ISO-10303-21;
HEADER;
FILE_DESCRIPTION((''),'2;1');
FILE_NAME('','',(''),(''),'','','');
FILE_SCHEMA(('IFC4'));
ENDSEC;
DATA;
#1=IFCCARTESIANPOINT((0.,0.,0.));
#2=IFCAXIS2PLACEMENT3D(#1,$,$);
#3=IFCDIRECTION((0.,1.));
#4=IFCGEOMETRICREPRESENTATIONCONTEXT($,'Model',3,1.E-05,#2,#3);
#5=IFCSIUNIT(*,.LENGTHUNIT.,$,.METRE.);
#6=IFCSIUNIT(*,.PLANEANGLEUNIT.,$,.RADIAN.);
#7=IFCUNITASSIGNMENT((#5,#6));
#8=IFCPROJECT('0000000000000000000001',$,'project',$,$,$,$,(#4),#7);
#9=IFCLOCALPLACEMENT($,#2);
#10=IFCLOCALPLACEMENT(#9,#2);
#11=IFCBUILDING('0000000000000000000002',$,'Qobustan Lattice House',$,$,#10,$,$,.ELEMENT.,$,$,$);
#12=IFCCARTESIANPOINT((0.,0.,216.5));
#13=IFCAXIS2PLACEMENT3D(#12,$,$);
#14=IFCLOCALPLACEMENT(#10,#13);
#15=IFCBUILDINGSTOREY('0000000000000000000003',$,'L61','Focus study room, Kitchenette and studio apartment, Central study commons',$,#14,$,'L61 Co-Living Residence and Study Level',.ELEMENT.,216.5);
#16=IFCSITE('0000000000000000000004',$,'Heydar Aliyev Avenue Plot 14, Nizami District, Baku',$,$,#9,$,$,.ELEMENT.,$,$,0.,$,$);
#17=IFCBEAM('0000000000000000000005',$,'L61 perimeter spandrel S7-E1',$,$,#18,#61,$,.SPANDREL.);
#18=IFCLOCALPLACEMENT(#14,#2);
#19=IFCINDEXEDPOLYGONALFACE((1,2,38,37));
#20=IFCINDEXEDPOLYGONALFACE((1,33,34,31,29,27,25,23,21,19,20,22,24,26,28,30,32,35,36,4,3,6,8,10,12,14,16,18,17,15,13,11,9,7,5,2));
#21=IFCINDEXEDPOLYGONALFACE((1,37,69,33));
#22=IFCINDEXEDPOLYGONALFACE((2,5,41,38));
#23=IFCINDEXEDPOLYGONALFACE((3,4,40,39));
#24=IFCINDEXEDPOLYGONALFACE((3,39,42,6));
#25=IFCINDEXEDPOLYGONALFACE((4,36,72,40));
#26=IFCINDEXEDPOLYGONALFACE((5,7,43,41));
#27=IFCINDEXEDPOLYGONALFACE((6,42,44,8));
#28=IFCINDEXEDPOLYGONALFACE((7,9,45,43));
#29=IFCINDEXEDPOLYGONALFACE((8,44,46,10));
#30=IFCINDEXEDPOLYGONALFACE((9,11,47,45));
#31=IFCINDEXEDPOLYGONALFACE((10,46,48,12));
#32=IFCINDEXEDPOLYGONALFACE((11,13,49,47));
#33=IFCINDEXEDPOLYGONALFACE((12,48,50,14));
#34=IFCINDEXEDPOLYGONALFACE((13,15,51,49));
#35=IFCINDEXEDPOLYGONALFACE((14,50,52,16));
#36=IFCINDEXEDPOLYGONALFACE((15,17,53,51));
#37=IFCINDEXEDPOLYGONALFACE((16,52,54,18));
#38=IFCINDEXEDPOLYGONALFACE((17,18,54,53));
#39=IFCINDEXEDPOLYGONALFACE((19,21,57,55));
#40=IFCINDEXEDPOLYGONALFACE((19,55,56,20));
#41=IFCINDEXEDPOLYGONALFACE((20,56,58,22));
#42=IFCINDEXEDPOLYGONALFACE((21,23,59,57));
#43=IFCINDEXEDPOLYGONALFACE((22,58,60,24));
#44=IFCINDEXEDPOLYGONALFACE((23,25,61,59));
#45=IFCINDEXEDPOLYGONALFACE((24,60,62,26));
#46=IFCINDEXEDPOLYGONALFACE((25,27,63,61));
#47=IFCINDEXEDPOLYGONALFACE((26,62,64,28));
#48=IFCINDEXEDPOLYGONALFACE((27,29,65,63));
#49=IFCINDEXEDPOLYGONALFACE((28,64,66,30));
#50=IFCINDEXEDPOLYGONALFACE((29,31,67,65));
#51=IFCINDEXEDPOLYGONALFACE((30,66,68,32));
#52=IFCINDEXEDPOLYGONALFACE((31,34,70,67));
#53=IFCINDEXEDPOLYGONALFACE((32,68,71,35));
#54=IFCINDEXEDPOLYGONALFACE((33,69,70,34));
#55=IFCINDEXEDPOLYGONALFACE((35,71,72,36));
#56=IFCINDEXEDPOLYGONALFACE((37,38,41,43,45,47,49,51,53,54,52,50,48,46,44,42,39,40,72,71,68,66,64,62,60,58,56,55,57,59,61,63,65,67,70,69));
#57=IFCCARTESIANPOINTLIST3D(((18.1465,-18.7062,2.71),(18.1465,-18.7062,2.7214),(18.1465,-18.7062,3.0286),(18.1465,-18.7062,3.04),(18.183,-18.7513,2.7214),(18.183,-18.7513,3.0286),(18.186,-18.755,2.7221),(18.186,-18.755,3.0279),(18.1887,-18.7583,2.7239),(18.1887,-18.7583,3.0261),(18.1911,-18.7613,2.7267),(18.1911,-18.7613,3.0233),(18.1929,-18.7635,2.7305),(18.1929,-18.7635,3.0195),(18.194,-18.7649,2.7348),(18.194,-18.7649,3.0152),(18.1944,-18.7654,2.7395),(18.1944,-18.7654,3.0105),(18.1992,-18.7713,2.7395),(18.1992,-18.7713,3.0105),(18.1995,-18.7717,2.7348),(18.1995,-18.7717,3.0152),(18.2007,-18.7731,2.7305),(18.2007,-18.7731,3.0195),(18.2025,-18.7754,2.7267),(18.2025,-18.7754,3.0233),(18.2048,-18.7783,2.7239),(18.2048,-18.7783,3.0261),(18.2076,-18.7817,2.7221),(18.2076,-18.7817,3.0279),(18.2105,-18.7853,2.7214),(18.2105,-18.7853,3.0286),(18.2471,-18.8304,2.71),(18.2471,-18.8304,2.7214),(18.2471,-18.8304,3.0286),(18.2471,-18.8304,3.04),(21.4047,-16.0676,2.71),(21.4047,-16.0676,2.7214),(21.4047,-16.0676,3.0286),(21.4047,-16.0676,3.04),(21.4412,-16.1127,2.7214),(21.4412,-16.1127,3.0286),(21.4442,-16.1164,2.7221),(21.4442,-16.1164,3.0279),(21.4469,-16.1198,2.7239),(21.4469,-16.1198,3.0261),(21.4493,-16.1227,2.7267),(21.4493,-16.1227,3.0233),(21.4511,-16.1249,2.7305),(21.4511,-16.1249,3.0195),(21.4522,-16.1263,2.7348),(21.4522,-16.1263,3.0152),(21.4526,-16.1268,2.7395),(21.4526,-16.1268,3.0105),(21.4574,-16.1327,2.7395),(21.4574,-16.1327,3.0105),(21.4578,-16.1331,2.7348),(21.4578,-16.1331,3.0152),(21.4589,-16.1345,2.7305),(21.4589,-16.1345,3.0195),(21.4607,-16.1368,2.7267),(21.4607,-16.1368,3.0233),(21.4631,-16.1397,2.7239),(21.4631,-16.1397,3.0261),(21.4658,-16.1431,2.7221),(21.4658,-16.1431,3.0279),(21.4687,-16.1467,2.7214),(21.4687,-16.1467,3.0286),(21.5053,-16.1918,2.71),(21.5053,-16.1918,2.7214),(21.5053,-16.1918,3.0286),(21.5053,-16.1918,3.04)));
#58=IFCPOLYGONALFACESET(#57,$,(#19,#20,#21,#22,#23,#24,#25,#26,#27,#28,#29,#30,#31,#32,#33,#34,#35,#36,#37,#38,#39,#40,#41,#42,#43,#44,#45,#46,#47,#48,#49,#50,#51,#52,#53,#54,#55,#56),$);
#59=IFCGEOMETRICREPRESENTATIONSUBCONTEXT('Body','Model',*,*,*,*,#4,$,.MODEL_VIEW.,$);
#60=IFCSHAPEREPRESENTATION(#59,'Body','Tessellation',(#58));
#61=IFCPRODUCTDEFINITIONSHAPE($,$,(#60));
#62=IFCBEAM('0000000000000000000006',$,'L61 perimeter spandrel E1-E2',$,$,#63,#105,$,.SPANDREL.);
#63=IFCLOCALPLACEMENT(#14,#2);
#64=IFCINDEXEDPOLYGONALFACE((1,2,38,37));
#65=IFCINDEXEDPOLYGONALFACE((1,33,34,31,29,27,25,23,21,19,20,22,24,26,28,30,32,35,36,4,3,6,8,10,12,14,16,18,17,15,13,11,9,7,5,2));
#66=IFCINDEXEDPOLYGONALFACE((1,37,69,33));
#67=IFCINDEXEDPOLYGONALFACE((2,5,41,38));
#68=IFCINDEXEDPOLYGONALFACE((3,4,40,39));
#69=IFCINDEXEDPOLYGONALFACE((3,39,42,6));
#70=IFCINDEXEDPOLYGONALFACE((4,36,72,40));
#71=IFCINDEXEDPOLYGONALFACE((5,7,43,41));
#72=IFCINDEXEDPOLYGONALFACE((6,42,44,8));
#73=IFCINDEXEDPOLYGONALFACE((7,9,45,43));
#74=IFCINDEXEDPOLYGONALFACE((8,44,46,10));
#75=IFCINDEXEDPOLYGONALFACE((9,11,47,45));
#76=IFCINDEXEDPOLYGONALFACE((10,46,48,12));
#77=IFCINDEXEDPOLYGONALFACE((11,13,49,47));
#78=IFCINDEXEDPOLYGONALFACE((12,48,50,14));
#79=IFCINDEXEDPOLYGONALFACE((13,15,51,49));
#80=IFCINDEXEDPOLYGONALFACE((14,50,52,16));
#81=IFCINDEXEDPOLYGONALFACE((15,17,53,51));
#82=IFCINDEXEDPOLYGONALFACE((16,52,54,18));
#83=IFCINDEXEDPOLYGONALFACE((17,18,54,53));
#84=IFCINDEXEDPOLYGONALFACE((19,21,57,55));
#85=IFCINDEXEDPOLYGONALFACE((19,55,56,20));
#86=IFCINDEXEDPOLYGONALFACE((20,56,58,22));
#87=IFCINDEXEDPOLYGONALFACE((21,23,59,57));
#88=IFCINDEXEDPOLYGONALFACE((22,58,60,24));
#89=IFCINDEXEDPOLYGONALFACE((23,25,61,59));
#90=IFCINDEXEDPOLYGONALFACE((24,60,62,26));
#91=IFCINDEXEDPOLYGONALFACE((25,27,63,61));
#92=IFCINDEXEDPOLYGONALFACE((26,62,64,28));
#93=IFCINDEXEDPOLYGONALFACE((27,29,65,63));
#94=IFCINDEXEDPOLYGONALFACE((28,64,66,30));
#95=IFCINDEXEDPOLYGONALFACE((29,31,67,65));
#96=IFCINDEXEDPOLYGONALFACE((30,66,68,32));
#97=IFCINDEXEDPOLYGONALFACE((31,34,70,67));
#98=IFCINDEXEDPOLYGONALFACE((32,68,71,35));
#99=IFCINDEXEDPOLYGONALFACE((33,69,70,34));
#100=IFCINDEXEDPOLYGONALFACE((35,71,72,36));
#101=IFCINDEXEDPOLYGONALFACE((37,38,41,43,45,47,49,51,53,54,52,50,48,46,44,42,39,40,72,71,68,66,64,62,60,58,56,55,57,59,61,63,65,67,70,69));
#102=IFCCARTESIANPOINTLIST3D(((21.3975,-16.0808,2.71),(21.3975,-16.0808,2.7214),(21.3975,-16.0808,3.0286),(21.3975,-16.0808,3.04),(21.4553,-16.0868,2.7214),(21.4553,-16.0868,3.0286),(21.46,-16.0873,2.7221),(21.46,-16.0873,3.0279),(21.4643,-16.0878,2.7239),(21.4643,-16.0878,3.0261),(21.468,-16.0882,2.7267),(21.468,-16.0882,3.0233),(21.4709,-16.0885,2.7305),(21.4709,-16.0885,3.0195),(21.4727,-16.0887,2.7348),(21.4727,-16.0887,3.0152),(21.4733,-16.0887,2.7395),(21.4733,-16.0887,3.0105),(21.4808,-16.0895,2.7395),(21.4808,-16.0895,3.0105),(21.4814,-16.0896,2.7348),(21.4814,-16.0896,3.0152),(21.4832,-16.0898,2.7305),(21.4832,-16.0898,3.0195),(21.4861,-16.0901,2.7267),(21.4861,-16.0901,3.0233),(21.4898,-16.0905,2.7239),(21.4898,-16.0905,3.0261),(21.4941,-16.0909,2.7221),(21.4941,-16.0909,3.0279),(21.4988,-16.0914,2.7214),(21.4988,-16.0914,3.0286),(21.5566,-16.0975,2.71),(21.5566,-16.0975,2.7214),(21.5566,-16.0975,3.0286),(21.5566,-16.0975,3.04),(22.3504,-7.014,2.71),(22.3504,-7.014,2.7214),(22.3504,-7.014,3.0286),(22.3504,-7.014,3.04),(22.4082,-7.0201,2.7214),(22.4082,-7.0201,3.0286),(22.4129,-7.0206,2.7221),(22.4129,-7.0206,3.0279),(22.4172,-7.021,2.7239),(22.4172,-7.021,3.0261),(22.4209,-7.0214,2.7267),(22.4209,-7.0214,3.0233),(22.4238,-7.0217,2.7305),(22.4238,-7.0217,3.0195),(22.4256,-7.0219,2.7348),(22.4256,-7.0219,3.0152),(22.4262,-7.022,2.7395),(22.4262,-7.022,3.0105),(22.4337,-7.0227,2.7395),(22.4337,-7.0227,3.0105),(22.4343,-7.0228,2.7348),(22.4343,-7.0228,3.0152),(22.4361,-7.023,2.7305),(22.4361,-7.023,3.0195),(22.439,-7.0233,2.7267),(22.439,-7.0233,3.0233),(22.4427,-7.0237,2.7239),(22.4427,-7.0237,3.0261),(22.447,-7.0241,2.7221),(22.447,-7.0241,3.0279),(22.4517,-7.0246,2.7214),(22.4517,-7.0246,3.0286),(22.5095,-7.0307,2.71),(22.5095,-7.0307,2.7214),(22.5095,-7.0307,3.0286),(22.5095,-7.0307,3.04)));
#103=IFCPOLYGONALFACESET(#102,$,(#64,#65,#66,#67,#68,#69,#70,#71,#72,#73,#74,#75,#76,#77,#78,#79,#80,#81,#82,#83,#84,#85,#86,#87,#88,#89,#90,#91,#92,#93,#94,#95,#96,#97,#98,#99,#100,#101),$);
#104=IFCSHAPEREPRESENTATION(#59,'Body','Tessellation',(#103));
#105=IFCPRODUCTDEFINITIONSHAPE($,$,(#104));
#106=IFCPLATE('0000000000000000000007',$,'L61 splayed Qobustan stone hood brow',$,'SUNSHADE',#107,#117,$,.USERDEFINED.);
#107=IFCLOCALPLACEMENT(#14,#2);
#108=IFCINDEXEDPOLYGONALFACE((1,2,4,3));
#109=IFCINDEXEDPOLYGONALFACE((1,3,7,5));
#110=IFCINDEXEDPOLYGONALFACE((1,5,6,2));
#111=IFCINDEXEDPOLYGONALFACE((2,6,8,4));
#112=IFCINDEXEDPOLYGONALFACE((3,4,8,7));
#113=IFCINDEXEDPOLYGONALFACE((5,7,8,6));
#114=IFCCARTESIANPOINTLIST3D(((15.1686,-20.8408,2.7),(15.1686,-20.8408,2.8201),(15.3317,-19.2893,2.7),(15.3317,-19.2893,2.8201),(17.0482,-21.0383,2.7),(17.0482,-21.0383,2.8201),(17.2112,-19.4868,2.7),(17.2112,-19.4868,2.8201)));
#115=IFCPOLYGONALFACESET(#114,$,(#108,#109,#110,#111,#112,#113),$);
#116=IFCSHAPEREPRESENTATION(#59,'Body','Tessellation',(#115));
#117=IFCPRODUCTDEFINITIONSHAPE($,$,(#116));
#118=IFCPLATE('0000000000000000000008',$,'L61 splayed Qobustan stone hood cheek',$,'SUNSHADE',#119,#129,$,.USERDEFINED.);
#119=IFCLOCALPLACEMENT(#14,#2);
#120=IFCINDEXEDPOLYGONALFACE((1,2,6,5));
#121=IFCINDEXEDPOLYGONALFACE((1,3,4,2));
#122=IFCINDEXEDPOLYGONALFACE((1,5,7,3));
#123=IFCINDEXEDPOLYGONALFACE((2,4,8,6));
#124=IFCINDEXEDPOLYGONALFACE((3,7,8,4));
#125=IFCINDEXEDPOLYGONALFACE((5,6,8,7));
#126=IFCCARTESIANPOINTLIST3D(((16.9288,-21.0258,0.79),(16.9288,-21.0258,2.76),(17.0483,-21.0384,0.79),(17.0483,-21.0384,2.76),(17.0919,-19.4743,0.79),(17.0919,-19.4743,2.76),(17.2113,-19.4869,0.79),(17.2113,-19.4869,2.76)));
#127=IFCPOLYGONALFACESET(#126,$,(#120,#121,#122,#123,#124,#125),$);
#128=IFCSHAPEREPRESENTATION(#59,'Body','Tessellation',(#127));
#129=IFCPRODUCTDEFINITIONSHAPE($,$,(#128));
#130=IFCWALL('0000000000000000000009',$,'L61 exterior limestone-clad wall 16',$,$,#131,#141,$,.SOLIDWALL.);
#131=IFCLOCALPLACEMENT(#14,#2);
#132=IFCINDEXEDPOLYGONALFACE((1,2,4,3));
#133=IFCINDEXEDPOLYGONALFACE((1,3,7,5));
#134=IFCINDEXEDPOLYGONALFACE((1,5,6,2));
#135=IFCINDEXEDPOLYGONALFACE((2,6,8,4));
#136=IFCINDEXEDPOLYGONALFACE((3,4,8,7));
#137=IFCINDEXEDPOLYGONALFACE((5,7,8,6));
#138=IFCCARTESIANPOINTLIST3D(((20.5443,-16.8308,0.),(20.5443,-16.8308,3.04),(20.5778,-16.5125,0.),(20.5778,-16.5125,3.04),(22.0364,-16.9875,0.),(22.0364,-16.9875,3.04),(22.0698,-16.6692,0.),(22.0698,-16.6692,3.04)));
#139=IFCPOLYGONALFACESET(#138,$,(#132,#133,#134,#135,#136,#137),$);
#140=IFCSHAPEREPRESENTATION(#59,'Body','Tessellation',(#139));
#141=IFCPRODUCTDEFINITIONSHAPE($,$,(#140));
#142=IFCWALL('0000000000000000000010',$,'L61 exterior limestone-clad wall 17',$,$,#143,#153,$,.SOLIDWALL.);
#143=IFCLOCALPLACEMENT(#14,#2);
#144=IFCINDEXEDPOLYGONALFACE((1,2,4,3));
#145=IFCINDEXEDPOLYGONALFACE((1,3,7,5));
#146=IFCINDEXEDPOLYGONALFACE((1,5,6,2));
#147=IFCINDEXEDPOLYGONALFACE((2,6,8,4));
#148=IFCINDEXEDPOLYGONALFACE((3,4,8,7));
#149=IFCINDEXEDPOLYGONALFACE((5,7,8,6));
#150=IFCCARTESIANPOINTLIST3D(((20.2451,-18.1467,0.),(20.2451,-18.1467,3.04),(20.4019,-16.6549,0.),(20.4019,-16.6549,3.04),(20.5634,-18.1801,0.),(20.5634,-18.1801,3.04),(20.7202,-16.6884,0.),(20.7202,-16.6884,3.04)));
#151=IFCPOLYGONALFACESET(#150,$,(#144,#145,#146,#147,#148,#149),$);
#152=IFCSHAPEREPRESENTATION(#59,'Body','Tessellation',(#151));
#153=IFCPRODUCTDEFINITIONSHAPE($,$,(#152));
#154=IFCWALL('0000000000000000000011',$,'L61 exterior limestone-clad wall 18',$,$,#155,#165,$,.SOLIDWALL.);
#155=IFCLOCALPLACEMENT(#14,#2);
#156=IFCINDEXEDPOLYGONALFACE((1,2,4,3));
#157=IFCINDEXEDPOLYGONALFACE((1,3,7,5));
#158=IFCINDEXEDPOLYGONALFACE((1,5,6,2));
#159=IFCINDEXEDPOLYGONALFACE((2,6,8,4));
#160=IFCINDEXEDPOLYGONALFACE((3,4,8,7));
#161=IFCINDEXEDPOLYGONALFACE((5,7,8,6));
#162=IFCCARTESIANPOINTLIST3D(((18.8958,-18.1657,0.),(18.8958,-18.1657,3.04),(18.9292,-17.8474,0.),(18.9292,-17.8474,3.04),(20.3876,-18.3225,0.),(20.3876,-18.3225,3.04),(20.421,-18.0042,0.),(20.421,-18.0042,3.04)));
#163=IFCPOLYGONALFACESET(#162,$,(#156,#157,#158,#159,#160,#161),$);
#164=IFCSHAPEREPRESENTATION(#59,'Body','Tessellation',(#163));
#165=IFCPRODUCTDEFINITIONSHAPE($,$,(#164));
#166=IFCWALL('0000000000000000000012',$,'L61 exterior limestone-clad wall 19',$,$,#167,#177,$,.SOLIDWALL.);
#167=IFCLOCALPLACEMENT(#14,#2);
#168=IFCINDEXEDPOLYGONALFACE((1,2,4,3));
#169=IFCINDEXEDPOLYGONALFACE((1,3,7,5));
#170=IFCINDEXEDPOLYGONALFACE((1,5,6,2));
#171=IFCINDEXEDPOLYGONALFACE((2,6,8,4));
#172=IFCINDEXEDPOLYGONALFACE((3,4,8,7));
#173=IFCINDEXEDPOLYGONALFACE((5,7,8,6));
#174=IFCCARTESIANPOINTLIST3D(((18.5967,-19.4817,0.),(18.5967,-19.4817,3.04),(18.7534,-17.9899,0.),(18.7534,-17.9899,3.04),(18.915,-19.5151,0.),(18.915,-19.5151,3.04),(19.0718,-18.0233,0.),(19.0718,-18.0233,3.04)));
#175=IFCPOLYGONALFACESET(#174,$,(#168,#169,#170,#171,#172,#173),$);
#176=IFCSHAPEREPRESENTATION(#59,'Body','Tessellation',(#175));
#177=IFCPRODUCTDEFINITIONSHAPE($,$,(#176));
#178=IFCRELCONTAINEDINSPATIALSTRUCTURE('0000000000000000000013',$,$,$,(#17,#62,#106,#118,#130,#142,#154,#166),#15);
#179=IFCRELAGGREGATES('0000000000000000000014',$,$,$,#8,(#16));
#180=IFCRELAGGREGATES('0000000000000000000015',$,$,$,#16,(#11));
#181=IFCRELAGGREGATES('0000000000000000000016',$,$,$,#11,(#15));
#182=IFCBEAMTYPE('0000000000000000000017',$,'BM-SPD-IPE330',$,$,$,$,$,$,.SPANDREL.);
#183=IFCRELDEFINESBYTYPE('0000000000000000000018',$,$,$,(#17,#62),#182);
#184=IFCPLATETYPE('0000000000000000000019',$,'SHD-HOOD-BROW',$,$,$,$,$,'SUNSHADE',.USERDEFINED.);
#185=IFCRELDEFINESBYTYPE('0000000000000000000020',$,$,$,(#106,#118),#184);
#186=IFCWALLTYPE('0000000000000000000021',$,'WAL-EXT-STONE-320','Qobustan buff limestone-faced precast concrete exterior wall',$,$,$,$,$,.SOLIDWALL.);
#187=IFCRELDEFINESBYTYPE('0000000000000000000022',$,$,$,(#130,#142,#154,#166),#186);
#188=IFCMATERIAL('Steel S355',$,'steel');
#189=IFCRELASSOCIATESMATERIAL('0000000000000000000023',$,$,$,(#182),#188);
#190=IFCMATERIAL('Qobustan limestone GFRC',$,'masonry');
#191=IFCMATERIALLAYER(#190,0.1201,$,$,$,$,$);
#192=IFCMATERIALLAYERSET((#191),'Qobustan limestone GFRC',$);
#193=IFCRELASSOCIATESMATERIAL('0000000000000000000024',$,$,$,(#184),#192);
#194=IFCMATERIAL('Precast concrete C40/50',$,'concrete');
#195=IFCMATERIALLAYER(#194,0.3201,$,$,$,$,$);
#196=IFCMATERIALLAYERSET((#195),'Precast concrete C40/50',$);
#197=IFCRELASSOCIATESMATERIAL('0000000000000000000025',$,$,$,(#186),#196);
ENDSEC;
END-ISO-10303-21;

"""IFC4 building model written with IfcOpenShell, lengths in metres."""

from ifc_helpers import new_model, si_unit, direction, frame, frame_2d, origin, origin_2d, place, context, subcontext, project, spatial, rectangle, i_section, extrude, material, layer, layer_set, material_profile, profile_set, type_object, element, save


model = new_model("IFC4")

# Units and contexts
model_context = context("Model", 3, precision=1e-05, world=origin(), true_north=direction((0.0, 1.0)))
body_context = subcontext(model_context, "Body", "Model", "MODEL_VIEW")
ifc_project = project(units=[si_unit("LENGTHUNIT", "METRE"), si_unit("PLANEANGLEUNIT", "RADIAN")], contexts=[model_context])

# Site, building, storey
site_placement = place(None, origin())
site = spatial("IfcSite", under=ifc_project, at=site_placement, Name="Heydar Aliyev Avenue Plot 14, Nizami District, Baku", CompositionType="ELEMENT", RefElevation=0.0)
building_placement = place(site_placement, origin())
building = spatial("IfcBuilding", under=site, at=building_placement, Name="Qobustan Lattice House", CompositionType="ELEMENT")
storey_placement = place(building_placement, frame((0.0, 0.0, 216.5)))
storey = spatial("IfcBuildingStorey", under=building, at=storey_placement, Name="L61", Description="Focus study room, Kitchenette and studio apartment, Central study commons", LongName="L61 Co-Living Residence and Study Level", CompositionType="ELEMENT", Elevation=216.5)

# Beams
ifc_material_1 = material(Name="Steel S355", Category="steel")
ifc_material_profile_1 = material_profile(ifc_material_1, i_section(OverallWidth=0.1599, OverallDepth=0.3301, WebThickness=0.0076, FlangeThickness=0.0115, FilletRadius=0.0181, at=origin_2d()), Name="IPE330")
ifc_profile_set_1 = profile_set([ifc_material_profile_1], Name="Steel S355")
beam_type_1 = type_object("IfcBeamType", Name="BM-SPD-IPE330", PredefinedType="SPANDREL", material=ifc_profile_set_1)
beam_1_placement = place(storey_placement, frame((18.1968, -18.7683, 2.875), z_axis=(0.777128, 0.629342, 0.0), x_axis=(-0.629342, 0.777128, 0.0)))
element("IfcBeam", 1, at=beam_1_placement, inside=storey, type_object=beam_type_1, Name="L61 perimeter spandrel S7-E1", PredefinedType="SPANDREL", context=body_context, shape_type="SweptSolid", body=[
    extrude(i_section(OverallWidth=0.1599, OverallDepth=0.3301, WebThickness=0.0076, FlangeThickness=0.0115, FilletRadius=0.0181, at=origin_2d()), origin(), (0.0, 0.0, 1.0), 4.1926),
])
beam_2_placement = place(storey_placement, frame((21.4771, -16.0891, 2.875), z_axis=(0.104522, 0.994523, 0.0), x_axis=(-0.994523, 0.104522, 0.0)))
element("IfcBeam", 2, at=beam_2_placement, inside=storey, type_object=beam_type_1, Name="L61 perimeter spandrel E1-E2", PredefinedType="SPANDREL", context=body_context, shape_type="SweptSolid", body=[
    extrude(i_section(OverallWidth=0.1599, OverallDepth=0.3301, WebThickness=0.0076, FlangeThickness=0.0115, FilletRadius=0.0181, at=origin_2d()), origin(), (0.0, 0.0, 1.0), 9.1167),
])

# Plates
ifc_material_2 = material(Name="Qobustan limestone GFRC", Category="masonry")
ifc_layer_1 = layer(ifc_material_2, 0.1201)
ifc_layer_set_1 = layer_set([ifc_layer_1], Name="Qobustan limestone GFRC")
plate_type = type_object("IfcPlateType", Name="SHD-HOOD-BROW", ElementType="SUNSHADE", PredefinedType="USERDEFINED", material=ifc_layer_set_1)
plate_1_placement = place(storey_placement, frame((16.1899, -20.1638, 2.7), z_axis=(0.0, 0.0, 1.0), x_axis=(-0.994522, 0.104528, 0.0)))
element("IfcPlate", 3, at=plate_1_placement, inside=storey, type_object=plate_type, Name="L61 splayed Qobustan stone hood brow", ObjectType="SUNSHADE", PredefinedType="USERDEFINED", context=body_context, shape_type="SweptSolid", body=[
    extrude(rectangle(XDim=1.8899, YDim=1.5601, at=origin_2d()), origin(), (0.0, 0.0, 1.0), 0.1201),
])
plate_2_placement = place(storey_placement, frame((17.0701, -20.2563, 0.79), z_axis=(0.0, 0.0, 1.0), x_axis=(-0.994522, 0.104528, 0.0)))
element("IfcPlate", 4, at=plate_2_placement, inside=storey, type_object=plate_type, Name="L61 splayed Qobustan stone hood cheek", ObjectType="SUNSHADE", PredefinedType="USERDEFINED", context=body_context, shape_type="SweptSolid", body=[
    extrude(rectangle(XDim=0.1201, YDim=1.5601, at=origin_2d()), origin(), (0.0, 0.0, 1.0), 1.97),
])

# Walls
ifc_material_3 = material(Name="Precast concrete C40/50", Category="concrete")
ifc_layer_2 = layer(ifc_material_3, 0.3201)
ifc_layer_set_2 = layer_set([ifc_layer_2], Name="Precast concrete C40/50")
wall_type_1 = type_object("IfcWallType", Name="WAL-EXT-STONE-320", Description="Qobustan buff limestone-faced precast concrete exterior wall", PredefinedType="SOLIDWALL", material=ifc_layer_set_2)
wall_1_placement = place(storey_placement, frame((22.053, -16.8284, 0.0), z_axis=(0.0, 0.0, 1.0), x_axis=(-0.994527, 0.104481, 0.0)))
element("IfcWall", 5, at=wall_1_placement, inside=storey, type_object=wall_type_1, Name="L61 exterior limestone-clad wall 16", PredefinedType="SOLIDWALL", context=body_context, shape_type="SweptSolid", body=[
    extrude(rectangle(XDim=1.5002, YDim=0.3201, at=frame_2d((0.75, 0.0))), origin(), (0.0, 0.0, 1.0), 3.04),
])
for number, where, z_axis, x_axis, name in (
    (6, (20.561, -16.6716, 0.0), (0.0, 0.0, 1.0), (-0.104498, -0.994525, 0.0), "L61 exterior limestone-clad wall 17"),
    (7, (20.4043, -18.1633, 0.0), (0.0, 0.0, 1.0), (-0.994525, 0.104498, 0.0), "L61 exterior limestone-clad wall 18"),
    (8, (18.9126, -18.0066, 0.0), (0.0, 0.0, 1.0), (-0.104498, -0.994525, 0.0), "L61 exterior limestone-clad wall 19"),
):
    element("IfcWall", number, at=place(storey_placement, frame(where, z_axis=z_axis, x_axis=x_axis)), inside=storey, type_object=wall_type_1, Name=name, PredefinedType="SOLIDWALL", context=body_context, shape_type="SweptSolid", body=[
        extrude(rectangle(XDim=1.5, YDim=0.3201, at=frame_2d((0.75, 0.0))), origin(), (0.0, 0.0, 1.0), 3.04),
    ])

save(model, "model.ifc")
